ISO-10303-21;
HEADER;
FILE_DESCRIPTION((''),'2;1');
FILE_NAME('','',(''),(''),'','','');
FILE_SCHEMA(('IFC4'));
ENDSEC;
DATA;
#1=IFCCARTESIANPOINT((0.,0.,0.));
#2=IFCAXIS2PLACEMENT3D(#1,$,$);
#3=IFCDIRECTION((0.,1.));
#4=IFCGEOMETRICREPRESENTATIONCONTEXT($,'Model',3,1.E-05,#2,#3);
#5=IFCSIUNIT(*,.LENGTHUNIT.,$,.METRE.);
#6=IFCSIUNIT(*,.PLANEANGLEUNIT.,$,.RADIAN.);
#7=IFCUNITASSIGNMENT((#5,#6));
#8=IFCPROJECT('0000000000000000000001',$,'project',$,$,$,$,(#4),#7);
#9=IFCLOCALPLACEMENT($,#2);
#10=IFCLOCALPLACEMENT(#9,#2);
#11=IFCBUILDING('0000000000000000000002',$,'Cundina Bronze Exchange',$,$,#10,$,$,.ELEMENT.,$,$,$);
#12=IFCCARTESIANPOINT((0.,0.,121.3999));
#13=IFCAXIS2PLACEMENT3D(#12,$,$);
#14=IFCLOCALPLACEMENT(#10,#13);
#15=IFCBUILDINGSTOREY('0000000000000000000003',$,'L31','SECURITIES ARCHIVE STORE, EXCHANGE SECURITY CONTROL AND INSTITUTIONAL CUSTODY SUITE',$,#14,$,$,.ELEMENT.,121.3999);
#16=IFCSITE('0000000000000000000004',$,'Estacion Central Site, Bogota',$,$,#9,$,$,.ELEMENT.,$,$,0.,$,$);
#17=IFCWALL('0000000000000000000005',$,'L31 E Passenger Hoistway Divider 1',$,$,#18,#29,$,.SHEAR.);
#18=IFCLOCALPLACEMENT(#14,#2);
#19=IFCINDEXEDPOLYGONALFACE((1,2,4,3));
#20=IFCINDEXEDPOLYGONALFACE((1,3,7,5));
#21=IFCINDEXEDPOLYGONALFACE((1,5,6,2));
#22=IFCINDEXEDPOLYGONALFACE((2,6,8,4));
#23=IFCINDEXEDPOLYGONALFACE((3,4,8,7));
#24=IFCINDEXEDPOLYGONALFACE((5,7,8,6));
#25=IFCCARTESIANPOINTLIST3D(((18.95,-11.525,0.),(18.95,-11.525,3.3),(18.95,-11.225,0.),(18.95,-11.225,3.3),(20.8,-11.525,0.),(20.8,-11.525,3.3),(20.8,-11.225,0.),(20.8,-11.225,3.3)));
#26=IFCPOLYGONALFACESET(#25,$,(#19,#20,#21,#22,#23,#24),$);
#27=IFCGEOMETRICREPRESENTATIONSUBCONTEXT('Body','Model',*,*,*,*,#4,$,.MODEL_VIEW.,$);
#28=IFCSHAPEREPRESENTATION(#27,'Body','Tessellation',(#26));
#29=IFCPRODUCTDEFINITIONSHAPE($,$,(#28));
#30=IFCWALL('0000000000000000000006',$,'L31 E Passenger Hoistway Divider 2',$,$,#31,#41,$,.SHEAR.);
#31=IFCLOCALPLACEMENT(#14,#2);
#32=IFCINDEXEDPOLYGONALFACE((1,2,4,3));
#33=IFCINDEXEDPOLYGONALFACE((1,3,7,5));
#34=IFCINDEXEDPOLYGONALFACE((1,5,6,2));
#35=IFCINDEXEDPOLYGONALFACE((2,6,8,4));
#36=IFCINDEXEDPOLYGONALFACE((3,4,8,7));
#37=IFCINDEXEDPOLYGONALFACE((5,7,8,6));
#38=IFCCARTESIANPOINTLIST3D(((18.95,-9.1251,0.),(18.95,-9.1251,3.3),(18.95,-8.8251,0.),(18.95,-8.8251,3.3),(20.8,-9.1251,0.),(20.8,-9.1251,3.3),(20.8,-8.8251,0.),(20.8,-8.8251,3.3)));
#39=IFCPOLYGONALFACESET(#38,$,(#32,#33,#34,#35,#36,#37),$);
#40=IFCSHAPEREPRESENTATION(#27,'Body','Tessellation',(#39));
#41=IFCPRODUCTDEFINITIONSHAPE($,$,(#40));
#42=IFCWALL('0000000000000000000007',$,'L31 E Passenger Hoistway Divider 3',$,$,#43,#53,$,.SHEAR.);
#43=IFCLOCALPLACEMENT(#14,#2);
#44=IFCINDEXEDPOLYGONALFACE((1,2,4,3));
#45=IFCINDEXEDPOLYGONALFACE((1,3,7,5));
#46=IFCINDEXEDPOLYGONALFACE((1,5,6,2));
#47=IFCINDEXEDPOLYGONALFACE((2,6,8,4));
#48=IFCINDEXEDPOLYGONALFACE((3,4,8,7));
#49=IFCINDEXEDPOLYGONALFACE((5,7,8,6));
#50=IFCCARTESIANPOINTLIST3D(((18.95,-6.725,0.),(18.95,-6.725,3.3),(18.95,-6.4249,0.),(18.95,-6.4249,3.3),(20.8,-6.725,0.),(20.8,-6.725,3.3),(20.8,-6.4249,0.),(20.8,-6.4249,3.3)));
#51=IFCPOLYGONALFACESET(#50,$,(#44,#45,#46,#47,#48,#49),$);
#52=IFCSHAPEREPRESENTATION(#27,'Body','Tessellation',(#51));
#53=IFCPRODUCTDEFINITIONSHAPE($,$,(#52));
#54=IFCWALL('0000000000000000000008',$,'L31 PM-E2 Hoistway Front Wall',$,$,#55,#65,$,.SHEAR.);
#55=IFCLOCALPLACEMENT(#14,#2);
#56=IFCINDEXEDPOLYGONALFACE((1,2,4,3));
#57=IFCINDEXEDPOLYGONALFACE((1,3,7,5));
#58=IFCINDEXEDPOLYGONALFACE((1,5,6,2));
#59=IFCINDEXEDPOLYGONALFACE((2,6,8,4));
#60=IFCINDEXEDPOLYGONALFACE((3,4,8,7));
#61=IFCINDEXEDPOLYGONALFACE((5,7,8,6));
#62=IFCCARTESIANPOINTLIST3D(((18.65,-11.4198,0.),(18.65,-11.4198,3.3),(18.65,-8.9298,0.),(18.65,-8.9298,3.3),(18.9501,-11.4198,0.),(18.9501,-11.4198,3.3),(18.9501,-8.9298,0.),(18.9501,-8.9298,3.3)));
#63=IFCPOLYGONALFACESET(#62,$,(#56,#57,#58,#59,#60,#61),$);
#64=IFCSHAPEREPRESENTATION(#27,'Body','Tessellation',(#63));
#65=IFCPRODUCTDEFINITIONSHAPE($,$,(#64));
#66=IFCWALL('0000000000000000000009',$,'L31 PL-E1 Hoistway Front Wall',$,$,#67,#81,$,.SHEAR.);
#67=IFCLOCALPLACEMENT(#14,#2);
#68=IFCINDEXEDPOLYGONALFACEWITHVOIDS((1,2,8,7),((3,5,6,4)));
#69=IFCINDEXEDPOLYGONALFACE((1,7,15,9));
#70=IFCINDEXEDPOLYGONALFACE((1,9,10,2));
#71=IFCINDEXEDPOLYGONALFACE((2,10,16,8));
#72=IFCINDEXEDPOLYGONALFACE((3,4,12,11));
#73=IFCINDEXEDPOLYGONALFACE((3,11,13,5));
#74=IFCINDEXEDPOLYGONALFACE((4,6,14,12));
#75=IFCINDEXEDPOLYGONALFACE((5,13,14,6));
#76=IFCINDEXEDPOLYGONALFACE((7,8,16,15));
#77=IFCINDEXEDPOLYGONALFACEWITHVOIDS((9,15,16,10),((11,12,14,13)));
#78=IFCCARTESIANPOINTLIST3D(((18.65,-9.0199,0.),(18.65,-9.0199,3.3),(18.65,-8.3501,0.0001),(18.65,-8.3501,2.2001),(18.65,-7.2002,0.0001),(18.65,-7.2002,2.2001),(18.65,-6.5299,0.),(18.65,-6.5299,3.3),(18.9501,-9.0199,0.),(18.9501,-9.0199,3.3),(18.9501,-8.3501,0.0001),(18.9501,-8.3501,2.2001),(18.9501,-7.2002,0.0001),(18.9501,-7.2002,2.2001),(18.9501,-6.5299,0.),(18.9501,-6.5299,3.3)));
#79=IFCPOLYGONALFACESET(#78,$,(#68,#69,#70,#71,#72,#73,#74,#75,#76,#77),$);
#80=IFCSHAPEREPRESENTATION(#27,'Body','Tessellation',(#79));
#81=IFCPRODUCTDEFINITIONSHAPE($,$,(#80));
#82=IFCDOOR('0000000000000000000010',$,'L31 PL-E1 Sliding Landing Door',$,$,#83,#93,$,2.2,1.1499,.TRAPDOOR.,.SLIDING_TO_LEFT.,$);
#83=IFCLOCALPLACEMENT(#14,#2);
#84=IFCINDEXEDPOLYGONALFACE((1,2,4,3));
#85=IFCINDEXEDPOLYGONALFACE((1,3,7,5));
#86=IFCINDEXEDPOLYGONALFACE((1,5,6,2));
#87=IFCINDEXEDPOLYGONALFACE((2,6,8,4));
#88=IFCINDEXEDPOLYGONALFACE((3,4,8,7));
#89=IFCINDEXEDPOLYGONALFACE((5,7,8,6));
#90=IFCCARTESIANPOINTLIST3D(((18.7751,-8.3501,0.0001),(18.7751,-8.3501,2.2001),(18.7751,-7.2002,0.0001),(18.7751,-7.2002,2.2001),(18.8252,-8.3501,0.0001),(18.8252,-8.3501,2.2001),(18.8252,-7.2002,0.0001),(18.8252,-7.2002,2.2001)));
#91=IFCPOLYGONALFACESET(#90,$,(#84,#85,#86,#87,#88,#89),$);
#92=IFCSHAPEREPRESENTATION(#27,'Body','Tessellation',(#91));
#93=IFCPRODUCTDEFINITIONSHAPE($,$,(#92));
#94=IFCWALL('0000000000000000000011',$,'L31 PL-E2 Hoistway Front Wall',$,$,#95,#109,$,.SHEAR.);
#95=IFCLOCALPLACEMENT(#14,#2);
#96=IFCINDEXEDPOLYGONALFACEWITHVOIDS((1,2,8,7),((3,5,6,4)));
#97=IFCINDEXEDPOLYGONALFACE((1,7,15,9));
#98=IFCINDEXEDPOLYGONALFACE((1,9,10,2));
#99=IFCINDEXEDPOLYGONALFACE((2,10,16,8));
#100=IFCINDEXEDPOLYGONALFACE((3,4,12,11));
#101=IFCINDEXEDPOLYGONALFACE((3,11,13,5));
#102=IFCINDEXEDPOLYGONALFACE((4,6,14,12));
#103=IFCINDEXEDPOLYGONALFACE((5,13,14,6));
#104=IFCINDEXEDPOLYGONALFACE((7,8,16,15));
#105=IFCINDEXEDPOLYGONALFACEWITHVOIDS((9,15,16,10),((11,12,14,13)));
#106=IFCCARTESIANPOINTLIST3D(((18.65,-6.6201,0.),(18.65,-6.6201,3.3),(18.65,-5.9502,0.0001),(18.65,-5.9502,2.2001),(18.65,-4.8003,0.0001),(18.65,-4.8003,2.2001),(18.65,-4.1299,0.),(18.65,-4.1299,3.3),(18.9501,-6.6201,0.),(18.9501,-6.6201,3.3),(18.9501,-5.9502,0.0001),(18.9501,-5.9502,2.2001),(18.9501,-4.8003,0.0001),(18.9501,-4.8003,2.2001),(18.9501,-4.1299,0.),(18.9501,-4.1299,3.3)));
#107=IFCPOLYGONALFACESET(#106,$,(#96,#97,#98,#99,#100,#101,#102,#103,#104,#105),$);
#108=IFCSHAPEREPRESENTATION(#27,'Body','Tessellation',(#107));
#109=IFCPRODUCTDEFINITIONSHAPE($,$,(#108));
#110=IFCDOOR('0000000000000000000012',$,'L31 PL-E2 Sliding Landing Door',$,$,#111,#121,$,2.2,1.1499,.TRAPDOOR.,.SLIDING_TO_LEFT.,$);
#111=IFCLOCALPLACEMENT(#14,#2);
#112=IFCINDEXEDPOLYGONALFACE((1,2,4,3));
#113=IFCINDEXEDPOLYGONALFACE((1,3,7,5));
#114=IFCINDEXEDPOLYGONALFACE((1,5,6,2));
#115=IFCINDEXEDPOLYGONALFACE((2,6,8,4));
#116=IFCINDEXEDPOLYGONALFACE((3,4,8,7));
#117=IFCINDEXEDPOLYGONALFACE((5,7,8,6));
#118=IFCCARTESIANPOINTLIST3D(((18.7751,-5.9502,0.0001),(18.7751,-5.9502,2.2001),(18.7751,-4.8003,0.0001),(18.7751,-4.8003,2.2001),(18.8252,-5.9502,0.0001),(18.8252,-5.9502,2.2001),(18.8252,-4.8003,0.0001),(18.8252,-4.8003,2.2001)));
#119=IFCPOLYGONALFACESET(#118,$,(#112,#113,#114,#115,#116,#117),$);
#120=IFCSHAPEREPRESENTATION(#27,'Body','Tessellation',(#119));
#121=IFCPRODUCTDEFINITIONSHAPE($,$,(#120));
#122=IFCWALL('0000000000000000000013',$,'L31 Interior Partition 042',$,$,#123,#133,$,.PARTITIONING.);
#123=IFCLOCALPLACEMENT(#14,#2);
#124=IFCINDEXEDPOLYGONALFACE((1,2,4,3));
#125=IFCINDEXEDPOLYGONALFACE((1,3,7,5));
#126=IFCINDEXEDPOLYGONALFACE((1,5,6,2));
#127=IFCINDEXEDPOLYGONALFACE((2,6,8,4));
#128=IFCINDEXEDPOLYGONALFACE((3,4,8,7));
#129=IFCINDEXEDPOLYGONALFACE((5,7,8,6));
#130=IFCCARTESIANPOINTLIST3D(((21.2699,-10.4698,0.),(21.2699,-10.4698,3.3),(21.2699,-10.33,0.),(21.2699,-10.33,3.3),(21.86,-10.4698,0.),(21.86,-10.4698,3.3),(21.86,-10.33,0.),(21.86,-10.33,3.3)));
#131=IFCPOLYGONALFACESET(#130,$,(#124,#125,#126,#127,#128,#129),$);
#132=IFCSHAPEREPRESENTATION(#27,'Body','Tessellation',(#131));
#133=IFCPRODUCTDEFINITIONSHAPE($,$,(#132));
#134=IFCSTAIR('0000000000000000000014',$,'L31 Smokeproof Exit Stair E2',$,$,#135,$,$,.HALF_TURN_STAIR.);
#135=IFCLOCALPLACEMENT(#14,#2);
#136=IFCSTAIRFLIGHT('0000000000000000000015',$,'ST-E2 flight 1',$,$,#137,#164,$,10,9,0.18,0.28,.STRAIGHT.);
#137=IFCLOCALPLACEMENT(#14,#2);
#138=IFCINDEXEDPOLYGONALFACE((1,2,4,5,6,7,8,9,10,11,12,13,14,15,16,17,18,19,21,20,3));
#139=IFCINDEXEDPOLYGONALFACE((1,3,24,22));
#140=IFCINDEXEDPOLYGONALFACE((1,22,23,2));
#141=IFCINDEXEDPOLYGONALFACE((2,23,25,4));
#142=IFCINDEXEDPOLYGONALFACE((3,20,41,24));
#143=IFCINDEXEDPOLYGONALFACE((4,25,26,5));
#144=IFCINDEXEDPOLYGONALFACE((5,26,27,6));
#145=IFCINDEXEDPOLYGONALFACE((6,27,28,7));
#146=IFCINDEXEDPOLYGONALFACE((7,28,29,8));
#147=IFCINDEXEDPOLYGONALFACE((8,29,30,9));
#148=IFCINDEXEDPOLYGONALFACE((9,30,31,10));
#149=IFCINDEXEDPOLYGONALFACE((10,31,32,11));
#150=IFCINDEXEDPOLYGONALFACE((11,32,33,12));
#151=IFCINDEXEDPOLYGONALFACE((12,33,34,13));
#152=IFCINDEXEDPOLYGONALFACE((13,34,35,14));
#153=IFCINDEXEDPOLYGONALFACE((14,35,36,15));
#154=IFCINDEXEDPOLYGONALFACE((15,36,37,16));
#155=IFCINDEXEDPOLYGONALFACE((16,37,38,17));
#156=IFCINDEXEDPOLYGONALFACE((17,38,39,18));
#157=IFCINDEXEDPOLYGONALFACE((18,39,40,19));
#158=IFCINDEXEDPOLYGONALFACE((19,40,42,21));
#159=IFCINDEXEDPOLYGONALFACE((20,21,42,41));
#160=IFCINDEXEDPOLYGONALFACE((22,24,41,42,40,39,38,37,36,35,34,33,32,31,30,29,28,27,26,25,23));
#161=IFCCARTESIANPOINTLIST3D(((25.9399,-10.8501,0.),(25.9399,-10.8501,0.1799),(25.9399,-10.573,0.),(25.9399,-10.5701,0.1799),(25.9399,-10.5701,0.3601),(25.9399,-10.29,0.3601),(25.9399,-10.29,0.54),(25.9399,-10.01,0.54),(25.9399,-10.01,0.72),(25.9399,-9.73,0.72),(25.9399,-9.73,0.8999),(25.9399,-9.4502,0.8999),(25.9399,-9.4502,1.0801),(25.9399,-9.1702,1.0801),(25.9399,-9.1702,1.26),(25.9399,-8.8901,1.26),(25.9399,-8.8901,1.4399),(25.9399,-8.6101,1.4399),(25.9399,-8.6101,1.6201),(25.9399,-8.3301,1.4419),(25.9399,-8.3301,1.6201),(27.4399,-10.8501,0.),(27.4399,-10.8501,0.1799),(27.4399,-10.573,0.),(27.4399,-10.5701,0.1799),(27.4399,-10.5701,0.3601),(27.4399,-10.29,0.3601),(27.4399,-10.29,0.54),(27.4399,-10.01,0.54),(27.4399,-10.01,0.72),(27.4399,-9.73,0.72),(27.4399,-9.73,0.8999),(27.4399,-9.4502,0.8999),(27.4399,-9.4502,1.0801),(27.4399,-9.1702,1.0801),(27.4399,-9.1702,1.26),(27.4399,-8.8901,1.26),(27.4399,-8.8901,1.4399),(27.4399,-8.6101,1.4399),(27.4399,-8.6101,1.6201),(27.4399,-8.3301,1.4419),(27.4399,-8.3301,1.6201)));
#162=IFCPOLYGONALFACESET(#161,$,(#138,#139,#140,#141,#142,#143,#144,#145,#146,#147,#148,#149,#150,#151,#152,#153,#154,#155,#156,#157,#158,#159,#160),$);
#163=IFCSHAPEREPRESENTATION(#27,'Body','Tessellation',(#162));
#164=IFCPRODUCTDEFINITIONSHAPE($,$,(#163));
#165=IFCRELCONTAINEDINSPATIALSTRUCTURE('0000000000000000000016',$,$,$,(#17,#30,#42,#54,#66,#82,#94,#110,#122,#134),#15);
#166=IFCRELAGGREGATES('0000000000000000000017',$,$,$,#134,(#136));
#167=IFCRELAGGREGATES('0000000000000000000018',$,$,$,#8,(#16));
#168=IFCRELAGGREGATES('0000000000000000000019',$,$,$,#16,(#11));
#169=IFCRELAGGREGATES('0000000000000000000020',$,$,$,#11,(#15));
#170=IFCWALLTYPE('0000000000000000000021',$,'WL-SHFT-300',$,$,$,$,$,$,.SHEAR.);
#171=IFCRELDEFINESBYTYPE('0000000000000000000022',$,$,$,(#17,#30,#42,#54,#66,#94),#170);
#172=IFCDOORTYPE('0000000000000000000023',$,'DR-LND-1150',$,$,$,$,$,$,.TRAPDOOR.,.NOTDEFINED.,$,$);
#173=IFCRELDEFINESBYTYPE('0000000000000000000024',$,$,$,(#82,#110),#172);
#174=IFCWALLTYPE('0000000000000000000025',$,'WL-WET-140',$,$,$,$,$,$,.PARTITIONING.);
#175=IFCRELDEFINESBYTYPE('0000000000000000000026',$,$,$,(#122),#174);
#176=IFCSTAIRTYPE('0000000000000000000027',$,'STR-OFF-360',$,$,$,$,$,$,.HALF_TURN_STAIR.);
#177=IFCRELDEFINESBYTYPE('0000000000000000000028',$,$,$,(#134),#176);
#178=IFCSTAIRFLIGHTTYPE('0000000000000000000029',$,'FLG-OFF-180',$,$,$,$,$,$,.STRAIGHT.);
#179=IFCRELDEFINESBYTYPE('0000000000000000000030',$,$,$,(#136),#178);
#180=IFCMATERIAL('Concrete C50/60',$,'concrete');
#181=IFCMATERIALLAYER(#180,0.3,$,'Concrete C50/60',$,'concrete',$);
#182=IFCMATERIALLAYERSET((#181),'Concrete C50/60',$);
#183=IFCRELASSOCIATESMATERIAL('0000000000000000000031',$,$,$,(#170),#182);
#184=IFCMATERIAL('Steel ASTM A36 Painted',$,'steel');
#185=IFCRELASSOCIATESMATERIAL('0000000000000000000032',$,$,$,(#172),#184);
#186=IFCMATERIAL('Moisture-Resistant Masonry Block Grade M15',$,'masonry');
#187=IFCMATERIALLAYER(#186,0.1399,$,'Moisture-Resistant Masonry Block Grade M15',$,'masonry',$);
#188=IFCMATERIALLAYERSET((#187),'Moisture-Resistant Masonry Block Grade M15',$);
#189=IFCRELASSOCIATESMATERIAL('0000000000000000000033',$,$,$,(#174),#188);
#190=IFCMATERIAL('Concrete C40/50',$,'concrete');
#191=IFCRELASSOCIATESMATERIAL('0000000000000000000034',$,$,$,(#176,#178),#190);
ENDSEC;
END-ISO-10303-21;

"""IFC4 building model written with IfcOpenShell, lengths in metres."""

from ifc_helpers import new_model, si_unit, direction, frame, frame_2d, origin, place, context, subcontext, project, spatial, polyline, rectangle, outline, extrude, material, layer, layer_set, type_object, element, fill, aggregate, save


model = new_model("IFC4")

# Units and contexts
model_context = context("Model", 3, precision=1e-05, world=origin(), true_north=direction((0.0, 1.0)))
body_context = subcontext(model_context, "Body", "Model", "MODEL_VIEW")
ifc_project = project(units=[si_unit("LENGTHUNIT", "METRE"), si_unit("PLANEANGLEUNIT", "RADIAN")], contexts=[model_context])

# Site, building, storey
site_placement = place(None, origin())
site = spatial("IfcSite", under=ifc_project, at=site_placement, Name="Estacion Central Site, Bogota", CompositionType="ELEMENT", RefElevation=0.0)
building_placement = place(site_placement, origin())
building = spatial("IfcBuilding", under=site, at=building_placement, Name="Cundina Bronze Exchange", CompositionType="ELEMENT")
storey_placement = place(building_placement, frame((0.0, 0.0, 121.3999)))
storey = spatial("IfcBuildingStorey", under=building, at=storey_placement, Name="L31", Description="SECURITIES ARCHIVE STORE, EXCHANGE SECURITY CONTROL AND INSTITUTIONAL CUSTODY SUITE", CompositionType="ELEMENT", Elevation=121.3999)

# Shared definitions
ifc_material_1 = material(Name="Concrete C50/60", Category="concrete")
ifc_layer_1 = layer(ifc_material_1, 0.3, Name="Concrete C50/60", Category="concrete")
ifc_layer_set_1 = layer_set([ifc_layer_1], Name="Concrete C50/60")
wall_type_1 = type_object("IfcWallType", Name="WL-SHFT-300", PredefinedType="SHEAR", material=ifc_layer_set_1)

# Shared definitions
ifc_material_2 = material(Name="Steel ASTM A36 Painted", Category="steel")
door_type_1 = type_object("IfcDoorType", Name="DR-LND-1150", OperationType="NOTDEFINED", PredefinedType="TRAPDOOR", material=ifc_material_2)

# Walls
for number, where, z_axis, x_axis, name in (
    (1, (18.95, -11.375, 0.0), (0.0, 0.0, 1.0), (1.0, 0.0, 0.0), "L31 E Passenger Hoistway Divider 1"),
    (2, (18.95, -8.9751, 0.0), (0.0, 0.0, 1.0), (1.0, 0.0, 0.0), "L31 E Passenger Hoistway Divider 2"),
    (3, (18.95, -6.575, 0.0), (0.0, 0.0, 1.0), (1.0, 0.0, 0.0), "L31 E Passenger Hoistway Divider 3"),
):
    element("IfcWall", number, at=place(storey_placement, frame(where, z_axis=z_axis, x_axis=x_axis)), inside=storey, type_object=wall_type_1, Name=name, PredefinedType="SHEAR", context=body_context, shape_type="SweptSolid", body=[
        extrude(rectangle(XDim=1.8501, YDim=0.3, at=frame_2d((0.925, 0.0))), origin(), (0.0, 0.0, 1.0), 3.3),
    ])
wall_1_placement = place(storey_placement, frame((18.8, -11.4199, 0.0), z_axis=(0.0, 0.0, 1.0), x_axis=(0.0, 1.0, 0.0)))
element("IfcWall", 4, at=wall_1_placement, inside=storey, type_object=wall_type_1, Name="L31 PM-E2 Hoistway Front Wall", PredefinedType="SHEAR", context=body_context, shape_type="SweptSolid", body=[
    extrude(rectangle(XDim=2.49, YDim=0.3, at=frame_2d((1.2451, 0.0))), origin(), (0.0, 0.0, 1.0), 3.3),
])

# Walls, openings, doors
wall_2_placement = place(storey_placement, frame((18.8, -9.02, 0.0), z_axis=(0.0, 0.0, 1.0), x_axis=(0.0, 1.0, 0.0)))
wall_2 = element("IfcWall", 5, at=wall_2_placement, inside=storey, type_object=wall_type_1, Name="L31 PL-E1 Hoistway Front Wall", PredefinedType="SHEAR", context=body_context, shape_type="SweptSolid", body=[
    extrude(rectangle(XDim=2.49, YDim=0.3, at=frame_2d((1.2451, 0.0))), origin(), (0.0, 0.0, 1.0), 3.3),
])
opening_1_placement = place(wall_2_placement, frame((0.6699, 0.0, 0.0)))
opening_1 = element("IfcOpeningElement", 6, at=opening_1_placement, cuts=wall_2, PredefinedType="OPENING", context=body_context, shape_type="SweptSolid", body=[
    extrude(rectangle(XDim=1.1499, YDim=2.2, at=frame_2d((0.575, 1.1001))), frame((0.0, 0.1599, 0.0), z_axis=(0.0, -1.0, 0.0), x_axis=(1.0, 0.0, 0.0)), (0.0, 0.0, 1.0), 0.3201),
])
door_1_placement = place(opening_1_placement, origin())
door_1 = element("IfcDoor", 7, at=door_1_placement, inside=storey, type_object=door_type_1, Name="L31 PL-E1 Sliding Landing Door", OperationType="SLIDING_TO_LEFT", OverallHeight=2.2, OverallWidth=1.1499, PredefinedType="TRAPDOOR", context=body_context, shape_type="SweptSolid", body=[
    extrude(rectangle(XDim=1.1499, YDim=2.2, at=frame_2d((0.575, 1.1001))), frame((0.0, 0.0249, 0.0), z_axis=(0.0, -1.0, 0.0), x_axis=(1.0, 0.0, 0.0)), (0.0, 0.0, 1.0), 0.05),
])
fill(opening_1, door_1)
wall_3_placement = place(storey_placement, frame((18.8, -6.6201, 0.0), z_axis=(0.0, 0.0, 1.0), x_axis=(0.0, 1.0, 0.0)))
wall_3 = element("IfcWall", 8, at=wall_3_placement, inside=storey, type_object=wall_type_1, Name="L31 PL-E2 Hoistway Front Wall", PredefinedType="SHEAR", context=body_context, shape_type="SweptSolid", body=[
    extrude(rectangle(XDim=2.4902, YDim=0.3, at=frame_2d((1.2451, 0.0))), origin(), (0.0, 0.0, 1.0), 3.3),
])
opening_2_placement = place(wall_3_placement, frame((0.6699, 0.0, 0.0)))
opening_2 = element("IfcOpeningElement", 9, at=opening_2_placement, cuts=wall_3, PredefinedType="OPENING", context=body_context, shape_type="SweptSolid", body=[
    extrude(rectangle(XDim=1.1499, YDim=2.2, at=frame_2d((0.575, 1.1001))), frame((0.0, 0.1599, 0.0), z_axis=(0.0, -1.0, 0.0), x_axis=(1.0, 0.0, 0.0)), (0.0, 0.0, 1.0), 0.3201),
])
door_2_placement = place(opening_2_placement, origin())
door_2 = element("IfcDoor", 10, at=door_2_placement, inside=storey, type_object=door_type_1, Name="L31 PL-E2 Sliding Landing Door", OperationType="SLIDING_TO_LEFT", OverallHeight=2.2, OverallWidth=1.1499, PredefinedType="TRAPDOOR", context=body_context, shape_type="SweptSolid", body=[
    extrude(rectangle(XDim=1.1499, YDim=2.2, at=frame_2d((0.575, 1.1001))), frame((0.0, 0.0249, 0.0), z_axis=(0.0, -1.0, 0.0), x_axis=(1.0, 0.0, 0.0)), (0.0, 0.0, 1.0), 0.05),
])
fill(opening_2, door_2)

# Wall
ifc_material_3 = material(Name="Moisture-Resistant Masonry Block Grade M15", Category="masonry")
ifc_layer_2 = layer(ifc_material_3, 0.1399, Name="Moisture-Resistant Masonry Block Grade M15", Category="masonry")
ifc_layer_set_2 = layer_set([ifc_layer_2], Name="Moisture-Resistant Masonry Block Grade M15")
wall_type_2 = type_object("IfcWallType", Name="WL-WET-140", PredefinedType="PARTITIONING", material=ifc_layer_set_2)
wall_4_placement = place(storey_placement, frame((21.27, -10.3999, 0.0), z_axis=(0.0, 0.0, 1.0), x_axis=(1.0, 0.0, 0.0)))
element("IfcWall", 11, at=wall_4_placement, inside=storey, type_object=wall_type_2, Name="L31 Interior Partition 042", PredefinedType="PARTITIONING", context=body_context, shape_type="SweptSolid", body=[
    extrude(rectangle(XDim=0.5901, YDim=0.1399, at=frame_2d((0.2949, 0.0))), origin(), (0.0, 0.0, 1.0), 3.3),
])

# Stair, stair flight
ifc_material_4 = material(Name="Concrete C40/50", Category="concrete")
stair_type = type_object("IfcStairType", Name="STR-OFF-360", PredefinedType="HALF_TURN_STAIR", material=ifc_material_4)
stair_placement = place(storey_placement, origin())
stair = element("IfcStair", 12, at=stair_placement, inside=storey, type_object=stair_type, Name="L31 Smokeproof Exit Stair E2", PredefinedType="HALF_TURN_STAIR")
stair_flight_type = type_object("IfcStairFlightType", Name="FLG-OFF-180", PredefinedType="STRAIGHT", material=ifc_material_4)
stair_flight_1_placement = place(storey_placement, frame((26.6899, -10.8501, 0.0), z_axis=(0.0, 0.0, 1.0), x_axis=(0.0, 1.0, 0.0)))
stair_flight_1 = element("IfcStairFlight", 13, at=stair_flight_1_placement, type_object=stair_flight_type, Name="ST-E2 flight 1", NumberOfRisers=10, NumberOfTreads=9, PredefinedType="STRAIGHT", RiserHeight=0.18, TreadLength=0.28, context=body_context, shape_type="SweptSolid", body=[
    extrude(outline(polyline([(0.0, 0.0), (0.0, 0.1799), (0.28, 0.1799), (0.28, 0.3601), (0.5601, 0.3601), (0.5601, 0.54), (0.8401, 0.54), (0.8401, 0.72), (1.1201, 0.72), (1.1201, 0.8999), (1.3999, 0.8999), (1.3999, 1.0801), (1.6799, 1.0801), (1.6799, 1.26), (1.96, 1.26), (1.96, 1.4399), (2.24, 1.4399), (2.24, 1.6201), (2.52, 1.6201), (2.52, 1.8), (2.52, 1.4419), (0.2771, 0.0), (0.0, 0.0)])), frame((0.0, 0.75, 0.0), z_axis=(0.0, -1.0, 0.0), x_axis=(1.0, 0.0, 0.0)), (0.0, 0.0, 1.0), 1.5),
])
aggregate(stair, [stair_flight_1])

save(model, "model.ifc")
